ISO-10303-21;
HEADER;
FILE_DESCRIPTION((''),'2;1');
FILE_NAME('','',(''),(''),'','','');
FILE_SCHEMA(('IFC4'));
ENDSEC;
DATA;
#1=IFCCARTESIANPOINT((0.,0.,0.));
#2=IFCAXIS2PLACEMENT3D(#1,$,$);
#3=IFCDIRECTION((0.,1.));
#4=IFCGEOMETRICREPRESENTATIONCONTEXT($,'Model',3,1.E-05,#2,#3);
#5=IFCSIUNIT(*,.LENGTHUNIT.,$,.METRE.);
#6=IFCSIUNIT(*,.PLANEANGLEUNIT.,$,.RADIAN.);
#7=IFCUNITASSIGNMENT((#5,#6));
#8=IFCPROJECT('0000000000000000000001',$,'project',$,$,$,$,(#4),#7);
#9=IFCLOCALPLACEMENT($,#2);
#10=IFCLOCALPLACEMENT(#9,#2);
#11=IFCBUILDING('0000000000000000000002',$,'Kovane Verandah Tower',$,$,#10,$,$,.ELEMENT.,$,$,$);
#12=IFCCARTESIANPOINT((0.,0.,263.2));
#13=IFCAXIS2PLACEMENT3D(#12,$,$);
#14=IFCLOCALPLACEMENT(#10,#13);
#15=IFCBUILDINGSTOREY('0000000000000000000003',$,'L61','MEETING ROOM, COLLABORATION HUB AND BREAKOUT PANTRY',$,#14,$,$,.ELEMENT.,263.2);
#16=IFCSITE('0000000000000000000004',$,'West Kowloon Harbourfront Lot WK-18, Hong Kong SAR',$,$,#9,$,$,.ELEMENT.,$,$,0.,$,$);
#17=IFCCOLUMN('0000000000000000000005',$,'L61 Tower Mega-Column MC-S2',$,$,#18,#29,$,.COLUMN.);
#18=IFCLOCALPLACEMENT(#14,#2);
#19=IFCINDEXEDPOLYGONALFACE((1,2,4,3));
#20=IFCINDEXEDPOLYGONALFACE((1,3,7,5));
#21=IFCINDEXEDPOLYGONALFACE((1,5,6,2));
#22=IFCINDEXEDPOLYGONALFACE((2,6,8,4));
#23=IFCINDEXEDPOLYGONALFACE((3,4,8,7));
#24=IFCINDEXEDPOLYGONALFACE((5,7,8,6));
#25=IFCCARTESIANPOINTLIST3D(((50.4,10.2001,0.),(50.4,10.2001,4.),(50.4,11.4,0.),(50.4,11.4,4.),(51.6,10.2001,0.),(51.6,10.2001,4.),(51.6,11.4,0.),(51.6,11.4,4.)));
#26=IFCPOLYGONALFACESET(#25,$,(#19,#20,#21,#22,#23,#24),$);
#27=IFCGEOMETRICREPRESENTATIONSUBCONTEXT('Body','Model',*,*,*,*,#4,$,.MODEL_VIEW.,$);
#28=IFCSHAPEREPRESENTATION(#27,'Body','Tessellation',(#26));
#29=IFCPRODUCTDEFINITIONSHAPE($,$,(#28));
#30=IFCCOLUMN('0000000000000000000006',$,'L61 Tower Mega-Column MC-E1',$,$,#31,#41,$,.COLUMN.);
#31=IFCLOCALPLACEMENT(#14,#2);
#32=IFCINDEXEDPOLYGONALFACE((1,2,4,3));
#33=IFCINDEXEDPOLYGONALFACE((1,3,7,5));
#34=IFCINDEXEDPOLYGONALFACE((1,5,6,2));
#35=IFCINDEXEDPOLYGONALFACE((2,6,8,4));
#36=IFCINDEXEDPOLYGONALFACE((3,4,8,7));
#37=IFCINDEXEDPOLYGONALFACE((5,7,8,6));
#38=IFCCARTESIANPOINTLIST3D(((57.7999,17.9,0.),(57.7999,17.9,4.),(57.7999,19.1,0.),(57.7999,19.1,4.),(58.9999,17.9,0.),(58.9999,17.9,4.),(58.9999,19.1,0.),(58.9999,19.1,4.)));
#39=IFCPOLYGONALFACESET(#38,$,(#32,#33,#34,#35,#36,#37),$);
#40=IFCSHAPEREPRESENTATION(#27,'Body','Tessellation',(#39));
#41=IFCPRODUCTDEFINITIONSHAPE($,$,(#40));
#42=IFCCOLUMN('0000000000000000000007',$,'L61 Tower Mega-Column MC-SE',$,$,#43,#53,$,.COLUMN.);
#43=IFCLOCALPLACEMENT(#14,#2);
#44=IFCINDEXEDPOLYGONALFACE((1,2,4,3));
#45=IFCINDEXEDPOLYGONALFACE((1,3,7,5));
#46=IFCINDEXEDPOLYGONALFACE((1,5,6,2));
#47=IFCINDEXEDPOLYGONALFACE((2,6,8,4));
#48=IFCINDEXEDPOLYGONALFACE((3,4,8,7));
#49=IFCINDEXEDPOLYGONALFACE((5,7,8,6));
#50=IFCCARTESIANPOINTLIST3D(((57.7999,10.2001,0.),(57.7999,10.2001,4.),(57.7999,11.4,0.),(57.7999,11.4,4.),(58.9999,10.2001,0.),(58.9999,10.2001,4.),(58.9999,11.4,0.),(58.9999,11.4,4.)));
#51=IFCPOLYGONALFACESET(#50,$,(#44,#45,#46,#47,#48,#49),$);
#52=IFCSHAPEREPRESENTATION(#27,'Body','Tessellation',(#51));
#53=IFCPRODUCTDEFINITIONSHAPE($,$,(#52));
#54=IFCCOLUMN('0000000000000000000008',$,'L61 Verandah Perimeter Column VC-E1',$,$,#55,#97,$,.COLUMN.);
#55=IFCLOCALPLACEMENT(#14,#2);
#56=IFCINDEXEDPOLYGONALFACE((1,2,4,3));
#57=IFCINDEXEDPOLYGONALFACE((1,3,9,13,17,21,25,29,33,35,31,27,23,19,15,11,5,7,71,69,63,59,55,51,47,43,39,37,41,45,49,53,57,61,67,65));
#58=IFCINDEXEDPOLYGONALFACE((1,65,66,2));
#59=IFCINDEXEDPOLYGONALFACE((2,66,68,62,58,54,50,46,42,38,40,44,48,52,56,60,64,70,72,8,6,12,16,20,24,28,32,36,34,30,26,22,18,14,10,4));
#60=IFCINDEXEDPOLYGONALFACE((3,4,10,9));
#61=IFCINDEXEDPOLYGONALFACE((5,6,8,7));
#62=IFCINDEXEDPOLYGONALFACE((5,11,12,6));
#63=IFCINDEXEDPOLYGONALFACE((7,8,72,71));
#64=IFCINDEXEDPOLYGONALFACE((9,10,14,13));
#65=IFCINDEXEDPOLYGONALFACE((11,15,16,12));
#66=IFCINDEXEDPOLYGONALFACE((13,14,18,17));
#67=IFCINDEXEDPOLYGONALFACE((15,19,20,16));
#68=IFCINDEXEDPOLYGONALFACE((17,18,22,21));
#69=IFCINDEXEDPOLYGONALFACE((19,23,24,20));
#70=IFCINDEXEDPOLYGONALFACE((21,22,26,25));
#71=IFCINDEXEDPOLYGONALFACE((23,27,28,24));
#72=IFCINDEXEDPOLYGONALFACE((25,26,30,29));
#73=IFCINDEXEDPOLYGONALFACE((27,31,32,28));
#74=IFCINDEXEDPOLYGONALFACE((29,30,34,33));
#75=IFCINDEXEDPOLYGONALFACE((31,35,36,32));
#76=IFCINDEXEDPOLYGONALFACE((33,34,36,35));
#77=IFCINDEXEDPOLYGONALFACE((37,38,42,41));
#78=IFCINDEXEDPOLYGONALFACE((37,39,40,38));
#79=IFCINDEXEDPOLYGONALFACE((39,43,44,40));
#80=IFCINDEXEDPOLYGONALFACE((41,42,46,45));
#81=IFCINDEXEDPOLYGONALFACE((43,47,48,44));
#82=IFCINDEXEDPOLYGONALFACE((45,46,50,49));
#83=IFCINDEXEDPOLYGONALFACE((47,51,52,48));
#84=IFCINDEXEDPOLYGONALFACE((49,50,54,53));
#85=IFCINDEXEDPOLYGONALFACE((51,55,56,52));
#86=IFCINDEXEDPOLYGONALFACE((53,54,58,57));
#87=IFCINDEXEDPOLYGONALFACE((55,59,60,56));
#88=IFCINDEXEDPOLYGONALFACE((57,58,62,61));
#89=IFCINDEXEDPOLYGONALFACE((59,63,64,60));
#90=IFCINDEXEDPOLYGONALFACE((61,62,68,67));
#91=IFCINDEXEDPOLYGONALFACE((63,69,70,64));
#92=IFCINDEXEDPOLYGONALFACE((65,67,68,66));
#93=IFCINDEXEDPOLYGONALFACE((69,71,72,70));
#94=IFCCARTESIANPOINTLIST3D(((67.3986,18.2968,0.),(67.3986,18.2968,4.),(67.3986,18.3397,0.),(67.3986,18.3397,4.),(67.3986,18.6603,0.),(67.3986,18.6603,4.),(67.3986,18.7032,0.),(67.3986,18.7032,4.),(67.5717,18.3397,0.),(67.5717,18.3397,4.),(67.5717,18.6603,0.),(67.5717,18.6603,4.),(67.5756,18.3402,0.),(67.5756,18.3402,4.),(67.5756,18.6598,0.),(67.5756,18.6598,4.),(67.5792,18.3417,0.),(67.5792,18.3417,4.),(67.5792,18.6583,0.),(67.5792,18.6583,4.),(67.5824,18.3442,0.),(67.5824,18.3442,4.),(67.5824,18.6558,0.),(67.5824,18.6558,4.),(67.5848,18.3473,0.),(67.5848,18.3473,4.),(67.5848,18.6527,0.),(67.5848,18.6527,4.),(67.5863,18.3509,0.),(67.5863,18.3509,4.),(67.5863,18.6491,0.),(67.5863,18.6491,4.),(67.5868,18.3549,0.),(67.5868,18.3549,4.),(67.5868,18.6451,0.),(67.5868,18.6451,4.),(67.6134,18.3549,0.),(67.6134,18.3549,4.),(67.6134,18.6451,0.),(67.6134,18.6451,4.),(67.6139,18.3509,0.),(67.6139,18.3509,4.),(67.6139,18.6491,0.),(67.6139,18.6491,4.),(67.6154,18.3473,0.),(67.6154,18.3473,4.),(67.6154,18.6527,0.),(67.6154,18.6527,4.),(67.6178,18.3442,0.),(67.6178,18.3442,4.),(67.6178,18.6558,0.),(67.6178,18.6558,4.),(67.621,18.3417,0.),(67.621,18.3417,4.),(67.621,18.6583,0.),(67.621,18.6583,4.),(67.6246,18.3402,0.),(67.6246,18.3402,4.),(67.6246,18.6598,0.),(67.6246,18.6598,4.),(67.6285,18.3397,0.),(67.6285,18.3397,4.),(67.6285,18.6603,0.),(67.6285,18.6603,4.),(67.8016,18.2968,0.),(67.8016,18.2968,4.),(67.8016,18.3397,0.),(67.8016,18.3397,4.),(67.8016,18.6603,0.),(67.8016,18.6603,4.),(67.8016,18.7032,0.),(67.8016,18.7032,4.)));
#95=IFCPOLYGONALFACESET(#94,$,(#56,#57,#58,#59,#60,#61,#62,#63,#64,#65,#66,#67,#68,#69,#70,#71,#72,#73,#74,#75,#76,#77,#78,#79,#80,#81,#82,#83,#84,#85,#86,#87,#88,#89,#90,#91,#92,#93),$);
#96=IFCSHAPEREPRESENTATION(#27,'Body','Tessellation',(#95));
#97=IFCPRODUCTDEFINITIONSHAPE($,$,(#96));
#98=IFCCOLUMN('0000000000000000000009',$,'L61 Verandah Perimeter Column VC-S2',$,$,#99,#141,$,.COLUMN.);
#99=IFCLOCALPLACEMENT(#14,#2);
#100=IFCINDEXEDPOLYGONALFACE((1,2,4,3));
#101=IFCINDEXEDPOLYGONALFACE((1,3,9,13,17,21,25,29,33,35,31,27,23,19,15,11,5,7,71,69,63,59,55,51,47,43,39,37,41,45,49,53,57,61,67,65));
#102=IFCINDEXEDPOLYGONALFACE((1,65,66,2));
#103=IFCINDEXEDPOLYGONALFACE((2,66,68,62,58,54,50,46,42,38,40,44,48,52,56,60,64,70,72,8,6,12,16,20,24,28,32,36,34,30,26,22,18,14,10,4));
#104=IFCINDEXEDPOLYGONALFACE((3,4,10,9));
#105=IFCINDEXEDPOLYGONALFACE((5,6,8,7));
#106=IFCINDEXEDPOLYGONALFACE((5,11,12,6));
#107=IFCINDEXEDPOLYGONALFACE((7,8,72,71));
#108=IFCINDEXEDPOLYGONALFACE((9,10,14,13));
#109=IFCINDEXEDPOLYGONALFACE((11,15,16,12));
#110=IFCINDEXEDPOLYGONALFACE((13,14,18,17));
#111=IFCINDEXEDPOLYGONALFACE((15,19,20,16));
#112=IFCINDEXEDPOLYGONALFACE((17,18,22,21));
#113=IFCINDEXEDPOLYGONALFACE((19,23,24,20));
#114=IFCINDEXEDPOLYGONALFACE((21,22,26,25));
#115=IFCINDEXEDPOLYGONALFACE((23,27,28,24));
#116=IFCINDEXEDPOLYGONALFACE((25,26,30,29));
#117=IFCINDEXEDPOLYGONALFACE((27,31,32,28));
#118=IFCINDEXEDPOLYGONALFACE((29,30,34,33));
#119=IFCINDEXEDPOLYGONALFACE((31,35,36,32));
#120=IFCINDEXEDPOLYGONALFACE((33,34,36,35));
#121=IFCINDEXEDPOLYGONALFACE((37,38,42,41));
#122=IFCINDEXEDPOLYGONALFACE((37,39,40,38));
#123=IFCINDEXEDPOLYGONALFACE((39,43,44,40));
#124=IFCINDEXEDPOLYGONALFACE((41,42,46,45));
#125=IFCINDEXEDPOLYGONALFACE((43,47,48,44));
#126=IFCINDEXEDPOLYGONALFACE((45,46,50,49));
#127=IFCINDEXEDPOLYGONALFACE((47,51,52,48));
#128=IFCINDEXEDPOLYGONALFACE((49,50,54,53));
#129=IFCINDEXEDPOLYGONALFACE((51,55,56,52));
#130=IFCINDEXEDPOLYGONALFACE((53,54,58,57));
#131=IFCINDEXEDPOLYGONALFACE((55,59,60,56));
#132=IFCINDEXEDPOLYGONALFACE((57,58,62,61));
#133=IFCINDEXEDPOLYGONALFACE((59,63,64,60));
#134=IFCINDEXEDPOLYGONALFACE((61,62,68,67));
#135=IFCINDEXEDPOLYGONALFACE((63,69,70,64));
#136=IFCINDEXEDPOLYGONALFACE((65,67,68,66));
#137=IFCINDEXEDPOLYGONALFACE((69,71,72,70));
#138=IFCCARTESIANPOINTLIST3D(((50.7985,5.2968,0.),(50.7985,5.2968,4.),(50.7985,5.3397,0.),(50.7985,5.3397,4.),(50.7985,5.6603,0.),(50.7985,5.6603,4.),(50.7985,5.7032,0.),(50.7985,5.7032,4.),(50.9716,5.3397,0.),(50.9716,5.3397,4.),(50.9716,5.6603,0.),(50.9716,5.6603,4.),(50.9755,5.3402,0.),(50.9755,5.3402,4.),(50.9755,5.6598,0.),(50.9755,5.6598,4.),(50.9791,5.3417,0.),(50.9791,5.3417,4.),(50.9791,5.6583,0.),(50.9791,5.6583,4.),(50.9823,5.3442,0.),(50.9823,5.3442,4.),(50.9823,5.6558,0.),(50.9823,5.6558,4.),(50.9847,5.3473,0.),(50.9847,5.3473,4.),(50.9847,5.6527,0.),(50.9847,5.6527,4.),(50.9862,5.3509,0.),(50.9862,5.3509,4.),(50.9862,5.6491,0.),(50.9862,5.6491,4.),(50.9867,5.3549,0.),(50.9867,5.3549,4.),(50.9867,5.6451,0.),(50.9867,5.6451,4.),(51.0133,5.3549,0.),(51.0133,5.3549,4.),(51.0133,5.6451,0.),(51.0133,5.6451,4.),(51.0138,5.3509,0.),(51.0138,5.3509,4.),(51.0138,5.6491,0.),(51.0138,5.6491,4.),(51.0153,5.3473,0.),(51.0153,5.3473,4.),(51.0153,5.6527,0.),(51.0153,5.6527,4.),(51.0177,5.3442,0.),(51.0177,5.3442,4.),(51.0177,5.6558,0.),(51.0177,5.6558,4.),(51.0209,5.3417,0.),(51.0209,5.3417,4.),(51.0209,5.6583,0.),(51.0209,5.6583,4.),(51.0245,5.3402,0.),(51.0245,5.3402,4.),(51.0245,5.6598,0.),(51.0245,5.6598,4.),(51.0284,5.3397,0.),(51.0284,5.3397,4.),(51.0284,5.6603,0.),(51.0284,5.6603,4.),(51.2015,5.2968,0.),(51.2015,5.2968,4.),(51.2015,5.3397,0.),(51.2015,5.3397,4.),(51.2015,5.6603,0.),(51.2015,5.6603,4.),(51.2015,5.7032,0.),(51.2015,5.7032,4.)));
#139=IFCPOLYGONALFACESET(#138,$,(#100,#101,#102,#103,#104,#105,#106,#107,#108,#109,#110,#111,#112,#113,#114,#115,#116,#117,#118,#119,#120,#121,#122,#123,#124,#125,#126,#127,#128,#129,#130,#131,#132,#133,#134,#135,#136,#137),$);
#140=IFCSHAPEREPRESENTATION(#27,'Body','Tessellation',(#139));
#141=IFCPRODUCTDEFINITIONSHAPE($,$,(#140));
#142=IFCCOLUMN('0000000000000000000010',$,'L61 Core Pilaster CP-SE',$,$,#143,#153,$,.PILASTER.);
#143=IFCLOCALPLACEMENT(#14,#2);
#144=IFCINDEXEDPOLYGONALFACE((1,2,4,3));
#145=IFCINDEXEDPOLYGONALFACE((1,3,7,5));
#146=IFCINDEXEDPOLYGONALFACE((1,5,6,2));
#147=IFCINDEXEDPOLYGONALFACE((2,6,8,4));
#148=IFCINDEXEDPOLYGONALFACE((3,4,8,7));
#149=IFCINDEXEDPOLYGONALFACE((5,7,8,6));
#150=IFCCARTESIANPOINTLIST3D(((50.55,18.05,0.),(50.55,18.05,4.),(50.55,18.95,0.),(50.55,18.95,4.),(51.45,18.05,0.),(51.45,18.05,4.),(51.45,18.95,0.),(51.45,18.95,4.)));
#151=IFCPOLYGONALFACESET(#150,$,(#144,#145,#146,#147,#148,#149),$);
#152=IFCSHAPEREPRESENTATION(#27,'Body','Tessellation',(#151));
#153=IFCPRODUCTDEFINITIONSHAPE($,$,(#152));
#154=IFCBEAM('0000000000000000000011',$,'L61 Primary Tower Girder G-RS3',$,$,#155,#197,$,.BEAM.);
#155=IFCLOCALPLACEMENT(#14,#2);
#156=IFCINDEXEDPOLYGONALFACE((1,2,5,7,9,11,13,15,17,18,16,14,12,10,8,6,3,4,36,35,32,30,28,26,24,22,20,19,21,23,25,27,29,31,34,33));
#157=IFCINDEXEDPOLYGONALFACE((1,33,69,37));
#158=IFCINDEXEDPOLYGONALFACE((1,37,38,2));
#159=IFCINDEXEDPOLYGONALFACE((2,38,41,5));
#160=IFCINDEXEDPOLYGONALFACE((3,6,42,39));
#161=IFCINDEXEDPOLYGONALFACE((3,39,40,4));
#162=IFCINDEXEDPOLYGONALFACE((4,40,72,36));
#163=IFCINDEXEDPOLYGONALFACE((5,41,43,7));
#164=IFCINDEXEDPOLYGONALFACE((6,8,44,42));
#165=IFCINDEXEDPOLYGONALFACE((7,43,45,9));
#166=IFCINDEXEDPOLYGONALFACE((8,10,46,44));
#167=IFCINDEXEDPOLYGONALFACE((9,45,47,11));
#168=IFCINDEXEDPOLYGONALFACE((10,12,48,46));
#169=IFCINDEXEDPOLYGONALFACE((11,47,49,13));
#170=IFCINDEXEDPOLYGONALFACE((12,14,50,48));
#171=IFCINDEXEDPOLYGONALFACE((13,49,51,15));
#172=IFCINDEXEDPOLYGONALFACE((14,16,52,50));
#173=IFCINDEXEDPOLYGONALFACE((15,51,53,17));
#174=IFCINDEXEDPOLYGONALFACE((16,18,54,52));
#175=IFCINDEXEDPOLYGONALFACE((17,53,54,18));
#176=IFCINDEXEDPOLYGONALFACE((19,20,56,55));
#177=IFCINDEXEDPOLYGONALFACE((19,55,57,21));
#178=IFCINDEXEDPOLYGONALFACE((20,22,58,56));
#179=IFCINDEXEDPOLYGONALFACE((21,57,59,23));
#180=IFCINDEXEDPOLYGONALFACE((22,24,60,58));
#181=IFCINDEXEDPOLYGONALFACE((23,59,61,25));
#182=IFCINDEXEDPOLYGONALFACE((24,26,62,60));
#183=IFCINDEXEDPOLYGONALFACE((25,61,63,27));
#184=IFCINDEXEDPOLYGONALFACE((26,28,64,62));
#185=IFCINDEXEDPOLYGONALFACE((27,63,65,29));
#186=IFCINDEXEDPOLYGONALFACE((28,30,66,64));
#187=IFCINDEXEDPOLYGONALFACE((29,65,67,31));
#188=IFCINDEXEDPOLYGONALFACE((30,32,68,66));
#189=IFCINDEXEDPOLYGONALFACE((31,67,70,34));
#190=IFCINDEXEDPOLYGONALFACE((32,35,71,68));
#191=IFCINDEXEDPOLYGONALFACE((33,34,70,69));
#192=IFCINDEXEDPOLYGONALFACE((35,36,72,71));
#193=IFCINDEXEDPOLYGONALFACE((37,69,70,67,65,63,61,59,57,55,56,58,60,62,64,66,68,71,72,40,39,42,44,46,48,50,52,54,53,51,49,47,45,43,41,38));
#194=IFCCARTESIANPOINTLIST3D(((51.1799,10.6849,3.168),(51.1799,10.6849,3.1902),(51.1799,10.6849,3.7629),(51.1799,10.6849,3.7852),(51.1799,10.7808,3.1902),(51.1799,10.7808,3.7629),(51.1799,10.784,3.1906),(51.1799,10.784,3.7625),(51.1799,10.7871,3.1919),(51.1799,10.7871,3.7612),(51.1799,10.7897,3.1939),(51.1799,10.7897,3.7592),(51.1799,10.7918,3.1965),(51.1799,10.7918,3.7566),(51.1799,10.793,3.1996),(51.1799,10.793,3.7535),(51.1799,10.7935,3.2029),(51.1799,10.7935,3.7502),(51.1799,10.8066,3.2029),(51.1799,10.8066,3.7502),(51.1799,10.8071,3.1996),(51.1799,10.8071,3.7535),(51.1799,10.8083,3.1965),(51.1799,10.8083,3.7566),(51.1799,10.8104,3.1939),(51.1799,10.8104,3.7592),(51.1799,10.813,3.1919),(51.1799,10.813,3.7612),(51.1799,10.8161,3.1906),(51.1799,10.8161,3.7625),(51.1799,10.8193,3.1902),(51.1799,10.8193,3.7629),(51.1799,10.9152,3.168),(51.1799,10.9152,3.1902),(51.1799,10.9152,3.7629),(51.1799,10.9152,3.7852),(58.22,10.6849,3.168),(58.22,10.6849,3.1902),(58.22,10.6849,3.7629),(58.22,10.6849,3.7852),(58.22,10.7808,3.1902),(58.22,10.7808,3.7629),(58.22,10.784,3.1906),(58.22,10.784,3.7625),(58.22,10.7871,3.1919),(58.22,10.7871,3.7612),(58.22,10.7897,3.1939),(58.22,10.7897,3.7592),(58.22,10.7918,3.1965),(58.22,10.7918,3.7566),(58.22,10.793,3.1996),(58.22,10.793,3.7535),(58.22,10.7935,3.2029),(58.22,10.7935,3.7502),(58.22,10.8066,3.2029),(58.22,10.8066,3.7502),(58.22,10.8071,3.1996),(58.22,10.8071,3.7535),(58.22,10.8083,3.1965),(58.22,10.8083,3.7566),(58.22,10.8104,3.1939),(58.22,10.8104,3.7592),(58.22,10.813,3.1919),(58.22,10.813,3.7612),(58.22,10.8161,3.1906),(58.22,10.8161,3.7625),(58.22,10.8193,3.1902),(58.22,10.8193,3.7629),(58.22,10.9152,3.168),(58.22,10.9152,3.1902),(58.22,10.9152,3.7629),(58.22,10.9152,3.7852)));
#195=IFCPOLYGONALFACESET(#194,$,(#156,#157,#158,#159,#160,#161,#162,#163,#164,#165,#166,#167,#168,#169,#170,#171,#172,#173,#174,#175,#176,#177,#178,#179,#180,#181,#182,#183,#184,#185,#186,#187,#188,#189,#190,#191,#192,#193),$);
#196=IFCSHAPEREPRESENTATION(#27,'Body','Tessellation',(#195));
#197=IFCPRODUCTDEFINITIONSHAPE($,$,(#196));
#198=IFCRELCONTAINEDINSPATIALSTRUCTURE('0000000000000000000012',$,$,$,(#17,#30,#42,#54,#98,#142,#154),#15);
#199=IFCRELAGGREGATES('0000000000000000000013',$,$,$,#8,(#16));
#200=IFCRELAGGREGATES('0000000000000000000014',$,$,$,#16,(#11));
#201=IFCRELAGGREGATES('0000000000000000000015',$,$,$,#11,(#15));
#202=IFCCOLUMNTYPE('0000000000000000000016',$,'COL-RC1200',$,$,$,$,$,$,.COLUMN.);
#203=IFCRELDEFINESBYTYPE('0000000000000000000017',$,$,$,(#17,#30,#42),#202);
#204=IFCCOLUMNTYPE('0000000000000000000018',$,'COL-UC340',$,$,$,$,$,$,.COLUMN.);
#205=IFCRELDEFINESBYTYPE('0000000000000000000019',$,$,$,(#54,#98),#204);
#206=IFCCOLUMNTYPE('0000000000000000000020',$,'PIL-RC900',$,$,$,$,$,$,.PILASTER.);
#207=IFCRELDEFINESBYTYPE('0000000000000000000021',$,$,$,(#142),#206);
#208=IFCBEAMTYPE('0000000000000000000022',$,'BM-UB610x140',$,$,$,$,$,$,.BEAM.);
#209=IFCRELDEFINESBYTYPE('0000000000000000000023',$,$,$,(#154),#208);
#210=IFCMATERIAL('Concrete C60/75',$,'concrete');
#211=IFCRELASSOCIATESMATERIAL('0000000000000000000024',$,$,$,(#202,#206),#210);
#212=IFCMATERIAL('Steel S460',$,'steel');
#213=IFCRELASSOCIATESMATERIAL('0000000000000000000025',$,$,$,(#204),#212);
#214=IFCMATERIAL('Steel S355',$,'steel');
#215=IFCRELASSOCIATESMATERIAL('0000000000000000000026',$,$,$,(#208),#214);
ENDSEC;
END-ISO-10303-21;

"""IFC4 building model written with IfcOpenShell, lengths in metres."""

from ifc_helpers import new_model, si_unit, direction, frame, origin, origin_2d, place, context, subcontext, project, spatial, rectangle, i_section, extrude, material, material_profile, profile_set, type_object, element, save


model = new_model("IFC4")

# Units and contexts
model_context = context("Model", 3, precision=1e-05, world=origin(), true_north=direction((0.0, 1.0)))
body_context = subcontext(model_context, "Body", "Model", "MODEL_VIEW")
ifc_project = project(units=[si_unit("LENGTHUNIT", "METRE"), si_unit("PLANEANGLEUNIT", "RADIAN")], contexts=[model_context])

# Site, building, storey
site_placement = place(None, origin())
site = spatial("IfcSite", under=ifc_project, at=site_placement, Name="West Kowloon Harbourfront Lot WK-18, Hong Kong SAR", CompositionType="ELEMENT", RefElevation=0.0)
building_placement = place(site_placement, origin())
building = spatial("IfcBuilding", under=site, at=building_placement, Name="Kovane Verandah Tower", CompositionType="ELEMENT")
storey_placement = place(building_placement, frame((0.0, 0.0, 263.2)))
storey = spatial("IfcBuildingStorey", under=building, at=storey_placement, Name="L61", Description="MEETING ROOM, COLLABORATION HUB AND BREAKOUT PANTRY", CompositionType="ELEMENT", Elevation=263.2)

# Columns
ifc_material_1 = material(Name="Concrete C60/75", Category="concrete")
ifc_material_profile_1 = material_profile(ifc_material_1, rectangle(XDim=1.2, YDim=1.2, at=origin_2d()), Name="RC1200x1200")
ifc_profile_set_1 = profile_set([ifc_material_profile_1], Name="Concrete C60/75")
column_type_1 = type_object("IfcColumnType", Name="COL-RC1200", PredefinedType="COLUMN", material=ifc_profile_set_1)
for number, where, z_axis, x_axis, name in (
    (1, (51.0, 10.8, 0.0), (0.0, 0.0, 1.0), (1.0, 0.0, 0.0), "L61 Tower Mega-Column MC-S2"),
    (2, (58.3999, 18.5, 0.0), (0.0, 0.0, 1.0), (1.0, 0.0, 0.0), "L61 Tower Mega-Column MC-E1"),
    (3, (58.3999, 10.8, 0.0), (0.0, 0.0, 1.0), (1.0, 0.0, 0.0), "L61 Tower Mega-Column MC-SE"),
):
    element("IfcColumn", number, at=place(storey_placement, frame(where, z_axis=z_axis, x_axis=x_axis)), inside=storey, type_object=column_type_1, Name=name, PredefinedType="COLUMN", context=body_context, shape_type="SweptSolid", body=[
        extrude(rectangle(XDim=1.2, YDim=1.2, at=origin_2d()), origin(), (0.0, 0.0, 1.0), 4.0),
    ])
ifc_material_2 = material(Name="Steel S460", Category="steel")
ifc_material_profile_2 = material_profile(ifc_material_2, i_section(OverallWidth=0.4031, OverallDepth=0.4065, WebThickness=0.0266, FlangeThickness=0.043, FilletRadius=0.0151, at=origin_2d()), Name="UC356x406x340")
ifc_profile_set_2 = profile_set([ifc_material_profile_2], Name="Steel S460")
column_type_2 = type_object("IfcColumnType", Name="COL-UC340", PredefinedType="COLUMN", material=ifc_profile_set_2)
for number, where, z_axis, x_axis, name in (
    (4, (67.6001, 18.5, 0.0), (0.0, 0.0, 1.0), (1.0, 0.0, 0.0), "L61 Verandah Perimeter Column VC-E1"),
    (5, (51.0, 5.5, 0.0), (0.0, 0.0, 1.0), (1.0, 0.0, 0.0), "L61 Verandah Perimeter Column VC-S2"),
):
    element("IfcColumn", number, at=place(storey_placement, frame(where, z_axis=z_axis, x_axis=x_axis)), inside=storey, type_object=column_type_2, Name=name, PredefinedType="COLUMN", context=body_context, shape_type="SweptSolid", body=[
        extrude(i_section(OverallWidth=0.4031, OverallDepth=0.4065, WebThickness=0.0266, FlangeThickness=0.043, FilletRadius=0.0151, at=origin_2d()), origin(), (0.0, 0.0, 1.0), 4.0),
    ])
ifc_material_profile_3 = material_profile(ifc_material_1, rectangle(XDim=0.8999, YDim=0.8999, at=origin_2d()), Name="RC900x900")
ifc_profile_set_3 = profile_set([ifc_material_profile_3], Name="Concrete C60/75")
column_type_3 = type_object("IfcColumnType", Name="PIL-RC900", PredefinedType="PILASTER", material=ifc_profile_set_3)
column_placement = place(storey_placement, frame((51.0, 18.5, 0.0), z_axis=(0.0, 0.0, 1.0), x_axis=(1.0, 0.0, 0.0)))
element("IfcColumn", 6, at=column_placement, inside=storey, type_object=column_type_3, Name="L61 Core Pilaster CP-SE", PredefinedType="PILASTER", context=body_context, shape_type="SweptSolid", body=[
    extrude(rectangle(XDim=0.8999, YDim=0.8999, at=origin_2d()), origin(), (0.0, 0.0, 1.0), 4.0),
])

# Beam
ifc_material_3 = material(Name="Steel S355", Category="steel")
ifc_material_profile_4 = material_profile(ifc_material_3, i_section(OverallWidth=0.2302, OverallDepth=0.6172, WebThickness=0.0132, FlangeThickness=0.0222, FilletRadius=0.0127, at=origin_2d()), Name="UB610x229x140")
ifc_profile_set_4 = profile_set([ifc_material_profile_4], Name="Steel S355")
beam_type_1 = type_object("IfcBeamType", Name="BM-UB610x140", PredefinedType="BEAM", material=ifc_profile_set_4)
beam_1_placement = place(storey_placement, frame((51.1799, 10.8, 3.4766), z_axis=(1.0, 0.0, 0.0), x_axis=(0.0, 1.0, 0.0)))
element("IfcBeam", 7, at=beam_1_placement, inside=storey, type_object=beam_type_1, Name="L61 Primary Tower Girder G-RS3", PredefinedType="BEAM", context=body_context, shape_type="SweptSolid", body=[
    extrude(i_section(OverallWidth=0.2302, OverallDepth=0.6172, WebThickness=0.0132, FlangeThickness=0.0222, FilletRadius=0.0127, at=origin_2d()), origin(), (0.0, 0.0, 1.0), 7.04),
])

save(model, "model.ifc")
